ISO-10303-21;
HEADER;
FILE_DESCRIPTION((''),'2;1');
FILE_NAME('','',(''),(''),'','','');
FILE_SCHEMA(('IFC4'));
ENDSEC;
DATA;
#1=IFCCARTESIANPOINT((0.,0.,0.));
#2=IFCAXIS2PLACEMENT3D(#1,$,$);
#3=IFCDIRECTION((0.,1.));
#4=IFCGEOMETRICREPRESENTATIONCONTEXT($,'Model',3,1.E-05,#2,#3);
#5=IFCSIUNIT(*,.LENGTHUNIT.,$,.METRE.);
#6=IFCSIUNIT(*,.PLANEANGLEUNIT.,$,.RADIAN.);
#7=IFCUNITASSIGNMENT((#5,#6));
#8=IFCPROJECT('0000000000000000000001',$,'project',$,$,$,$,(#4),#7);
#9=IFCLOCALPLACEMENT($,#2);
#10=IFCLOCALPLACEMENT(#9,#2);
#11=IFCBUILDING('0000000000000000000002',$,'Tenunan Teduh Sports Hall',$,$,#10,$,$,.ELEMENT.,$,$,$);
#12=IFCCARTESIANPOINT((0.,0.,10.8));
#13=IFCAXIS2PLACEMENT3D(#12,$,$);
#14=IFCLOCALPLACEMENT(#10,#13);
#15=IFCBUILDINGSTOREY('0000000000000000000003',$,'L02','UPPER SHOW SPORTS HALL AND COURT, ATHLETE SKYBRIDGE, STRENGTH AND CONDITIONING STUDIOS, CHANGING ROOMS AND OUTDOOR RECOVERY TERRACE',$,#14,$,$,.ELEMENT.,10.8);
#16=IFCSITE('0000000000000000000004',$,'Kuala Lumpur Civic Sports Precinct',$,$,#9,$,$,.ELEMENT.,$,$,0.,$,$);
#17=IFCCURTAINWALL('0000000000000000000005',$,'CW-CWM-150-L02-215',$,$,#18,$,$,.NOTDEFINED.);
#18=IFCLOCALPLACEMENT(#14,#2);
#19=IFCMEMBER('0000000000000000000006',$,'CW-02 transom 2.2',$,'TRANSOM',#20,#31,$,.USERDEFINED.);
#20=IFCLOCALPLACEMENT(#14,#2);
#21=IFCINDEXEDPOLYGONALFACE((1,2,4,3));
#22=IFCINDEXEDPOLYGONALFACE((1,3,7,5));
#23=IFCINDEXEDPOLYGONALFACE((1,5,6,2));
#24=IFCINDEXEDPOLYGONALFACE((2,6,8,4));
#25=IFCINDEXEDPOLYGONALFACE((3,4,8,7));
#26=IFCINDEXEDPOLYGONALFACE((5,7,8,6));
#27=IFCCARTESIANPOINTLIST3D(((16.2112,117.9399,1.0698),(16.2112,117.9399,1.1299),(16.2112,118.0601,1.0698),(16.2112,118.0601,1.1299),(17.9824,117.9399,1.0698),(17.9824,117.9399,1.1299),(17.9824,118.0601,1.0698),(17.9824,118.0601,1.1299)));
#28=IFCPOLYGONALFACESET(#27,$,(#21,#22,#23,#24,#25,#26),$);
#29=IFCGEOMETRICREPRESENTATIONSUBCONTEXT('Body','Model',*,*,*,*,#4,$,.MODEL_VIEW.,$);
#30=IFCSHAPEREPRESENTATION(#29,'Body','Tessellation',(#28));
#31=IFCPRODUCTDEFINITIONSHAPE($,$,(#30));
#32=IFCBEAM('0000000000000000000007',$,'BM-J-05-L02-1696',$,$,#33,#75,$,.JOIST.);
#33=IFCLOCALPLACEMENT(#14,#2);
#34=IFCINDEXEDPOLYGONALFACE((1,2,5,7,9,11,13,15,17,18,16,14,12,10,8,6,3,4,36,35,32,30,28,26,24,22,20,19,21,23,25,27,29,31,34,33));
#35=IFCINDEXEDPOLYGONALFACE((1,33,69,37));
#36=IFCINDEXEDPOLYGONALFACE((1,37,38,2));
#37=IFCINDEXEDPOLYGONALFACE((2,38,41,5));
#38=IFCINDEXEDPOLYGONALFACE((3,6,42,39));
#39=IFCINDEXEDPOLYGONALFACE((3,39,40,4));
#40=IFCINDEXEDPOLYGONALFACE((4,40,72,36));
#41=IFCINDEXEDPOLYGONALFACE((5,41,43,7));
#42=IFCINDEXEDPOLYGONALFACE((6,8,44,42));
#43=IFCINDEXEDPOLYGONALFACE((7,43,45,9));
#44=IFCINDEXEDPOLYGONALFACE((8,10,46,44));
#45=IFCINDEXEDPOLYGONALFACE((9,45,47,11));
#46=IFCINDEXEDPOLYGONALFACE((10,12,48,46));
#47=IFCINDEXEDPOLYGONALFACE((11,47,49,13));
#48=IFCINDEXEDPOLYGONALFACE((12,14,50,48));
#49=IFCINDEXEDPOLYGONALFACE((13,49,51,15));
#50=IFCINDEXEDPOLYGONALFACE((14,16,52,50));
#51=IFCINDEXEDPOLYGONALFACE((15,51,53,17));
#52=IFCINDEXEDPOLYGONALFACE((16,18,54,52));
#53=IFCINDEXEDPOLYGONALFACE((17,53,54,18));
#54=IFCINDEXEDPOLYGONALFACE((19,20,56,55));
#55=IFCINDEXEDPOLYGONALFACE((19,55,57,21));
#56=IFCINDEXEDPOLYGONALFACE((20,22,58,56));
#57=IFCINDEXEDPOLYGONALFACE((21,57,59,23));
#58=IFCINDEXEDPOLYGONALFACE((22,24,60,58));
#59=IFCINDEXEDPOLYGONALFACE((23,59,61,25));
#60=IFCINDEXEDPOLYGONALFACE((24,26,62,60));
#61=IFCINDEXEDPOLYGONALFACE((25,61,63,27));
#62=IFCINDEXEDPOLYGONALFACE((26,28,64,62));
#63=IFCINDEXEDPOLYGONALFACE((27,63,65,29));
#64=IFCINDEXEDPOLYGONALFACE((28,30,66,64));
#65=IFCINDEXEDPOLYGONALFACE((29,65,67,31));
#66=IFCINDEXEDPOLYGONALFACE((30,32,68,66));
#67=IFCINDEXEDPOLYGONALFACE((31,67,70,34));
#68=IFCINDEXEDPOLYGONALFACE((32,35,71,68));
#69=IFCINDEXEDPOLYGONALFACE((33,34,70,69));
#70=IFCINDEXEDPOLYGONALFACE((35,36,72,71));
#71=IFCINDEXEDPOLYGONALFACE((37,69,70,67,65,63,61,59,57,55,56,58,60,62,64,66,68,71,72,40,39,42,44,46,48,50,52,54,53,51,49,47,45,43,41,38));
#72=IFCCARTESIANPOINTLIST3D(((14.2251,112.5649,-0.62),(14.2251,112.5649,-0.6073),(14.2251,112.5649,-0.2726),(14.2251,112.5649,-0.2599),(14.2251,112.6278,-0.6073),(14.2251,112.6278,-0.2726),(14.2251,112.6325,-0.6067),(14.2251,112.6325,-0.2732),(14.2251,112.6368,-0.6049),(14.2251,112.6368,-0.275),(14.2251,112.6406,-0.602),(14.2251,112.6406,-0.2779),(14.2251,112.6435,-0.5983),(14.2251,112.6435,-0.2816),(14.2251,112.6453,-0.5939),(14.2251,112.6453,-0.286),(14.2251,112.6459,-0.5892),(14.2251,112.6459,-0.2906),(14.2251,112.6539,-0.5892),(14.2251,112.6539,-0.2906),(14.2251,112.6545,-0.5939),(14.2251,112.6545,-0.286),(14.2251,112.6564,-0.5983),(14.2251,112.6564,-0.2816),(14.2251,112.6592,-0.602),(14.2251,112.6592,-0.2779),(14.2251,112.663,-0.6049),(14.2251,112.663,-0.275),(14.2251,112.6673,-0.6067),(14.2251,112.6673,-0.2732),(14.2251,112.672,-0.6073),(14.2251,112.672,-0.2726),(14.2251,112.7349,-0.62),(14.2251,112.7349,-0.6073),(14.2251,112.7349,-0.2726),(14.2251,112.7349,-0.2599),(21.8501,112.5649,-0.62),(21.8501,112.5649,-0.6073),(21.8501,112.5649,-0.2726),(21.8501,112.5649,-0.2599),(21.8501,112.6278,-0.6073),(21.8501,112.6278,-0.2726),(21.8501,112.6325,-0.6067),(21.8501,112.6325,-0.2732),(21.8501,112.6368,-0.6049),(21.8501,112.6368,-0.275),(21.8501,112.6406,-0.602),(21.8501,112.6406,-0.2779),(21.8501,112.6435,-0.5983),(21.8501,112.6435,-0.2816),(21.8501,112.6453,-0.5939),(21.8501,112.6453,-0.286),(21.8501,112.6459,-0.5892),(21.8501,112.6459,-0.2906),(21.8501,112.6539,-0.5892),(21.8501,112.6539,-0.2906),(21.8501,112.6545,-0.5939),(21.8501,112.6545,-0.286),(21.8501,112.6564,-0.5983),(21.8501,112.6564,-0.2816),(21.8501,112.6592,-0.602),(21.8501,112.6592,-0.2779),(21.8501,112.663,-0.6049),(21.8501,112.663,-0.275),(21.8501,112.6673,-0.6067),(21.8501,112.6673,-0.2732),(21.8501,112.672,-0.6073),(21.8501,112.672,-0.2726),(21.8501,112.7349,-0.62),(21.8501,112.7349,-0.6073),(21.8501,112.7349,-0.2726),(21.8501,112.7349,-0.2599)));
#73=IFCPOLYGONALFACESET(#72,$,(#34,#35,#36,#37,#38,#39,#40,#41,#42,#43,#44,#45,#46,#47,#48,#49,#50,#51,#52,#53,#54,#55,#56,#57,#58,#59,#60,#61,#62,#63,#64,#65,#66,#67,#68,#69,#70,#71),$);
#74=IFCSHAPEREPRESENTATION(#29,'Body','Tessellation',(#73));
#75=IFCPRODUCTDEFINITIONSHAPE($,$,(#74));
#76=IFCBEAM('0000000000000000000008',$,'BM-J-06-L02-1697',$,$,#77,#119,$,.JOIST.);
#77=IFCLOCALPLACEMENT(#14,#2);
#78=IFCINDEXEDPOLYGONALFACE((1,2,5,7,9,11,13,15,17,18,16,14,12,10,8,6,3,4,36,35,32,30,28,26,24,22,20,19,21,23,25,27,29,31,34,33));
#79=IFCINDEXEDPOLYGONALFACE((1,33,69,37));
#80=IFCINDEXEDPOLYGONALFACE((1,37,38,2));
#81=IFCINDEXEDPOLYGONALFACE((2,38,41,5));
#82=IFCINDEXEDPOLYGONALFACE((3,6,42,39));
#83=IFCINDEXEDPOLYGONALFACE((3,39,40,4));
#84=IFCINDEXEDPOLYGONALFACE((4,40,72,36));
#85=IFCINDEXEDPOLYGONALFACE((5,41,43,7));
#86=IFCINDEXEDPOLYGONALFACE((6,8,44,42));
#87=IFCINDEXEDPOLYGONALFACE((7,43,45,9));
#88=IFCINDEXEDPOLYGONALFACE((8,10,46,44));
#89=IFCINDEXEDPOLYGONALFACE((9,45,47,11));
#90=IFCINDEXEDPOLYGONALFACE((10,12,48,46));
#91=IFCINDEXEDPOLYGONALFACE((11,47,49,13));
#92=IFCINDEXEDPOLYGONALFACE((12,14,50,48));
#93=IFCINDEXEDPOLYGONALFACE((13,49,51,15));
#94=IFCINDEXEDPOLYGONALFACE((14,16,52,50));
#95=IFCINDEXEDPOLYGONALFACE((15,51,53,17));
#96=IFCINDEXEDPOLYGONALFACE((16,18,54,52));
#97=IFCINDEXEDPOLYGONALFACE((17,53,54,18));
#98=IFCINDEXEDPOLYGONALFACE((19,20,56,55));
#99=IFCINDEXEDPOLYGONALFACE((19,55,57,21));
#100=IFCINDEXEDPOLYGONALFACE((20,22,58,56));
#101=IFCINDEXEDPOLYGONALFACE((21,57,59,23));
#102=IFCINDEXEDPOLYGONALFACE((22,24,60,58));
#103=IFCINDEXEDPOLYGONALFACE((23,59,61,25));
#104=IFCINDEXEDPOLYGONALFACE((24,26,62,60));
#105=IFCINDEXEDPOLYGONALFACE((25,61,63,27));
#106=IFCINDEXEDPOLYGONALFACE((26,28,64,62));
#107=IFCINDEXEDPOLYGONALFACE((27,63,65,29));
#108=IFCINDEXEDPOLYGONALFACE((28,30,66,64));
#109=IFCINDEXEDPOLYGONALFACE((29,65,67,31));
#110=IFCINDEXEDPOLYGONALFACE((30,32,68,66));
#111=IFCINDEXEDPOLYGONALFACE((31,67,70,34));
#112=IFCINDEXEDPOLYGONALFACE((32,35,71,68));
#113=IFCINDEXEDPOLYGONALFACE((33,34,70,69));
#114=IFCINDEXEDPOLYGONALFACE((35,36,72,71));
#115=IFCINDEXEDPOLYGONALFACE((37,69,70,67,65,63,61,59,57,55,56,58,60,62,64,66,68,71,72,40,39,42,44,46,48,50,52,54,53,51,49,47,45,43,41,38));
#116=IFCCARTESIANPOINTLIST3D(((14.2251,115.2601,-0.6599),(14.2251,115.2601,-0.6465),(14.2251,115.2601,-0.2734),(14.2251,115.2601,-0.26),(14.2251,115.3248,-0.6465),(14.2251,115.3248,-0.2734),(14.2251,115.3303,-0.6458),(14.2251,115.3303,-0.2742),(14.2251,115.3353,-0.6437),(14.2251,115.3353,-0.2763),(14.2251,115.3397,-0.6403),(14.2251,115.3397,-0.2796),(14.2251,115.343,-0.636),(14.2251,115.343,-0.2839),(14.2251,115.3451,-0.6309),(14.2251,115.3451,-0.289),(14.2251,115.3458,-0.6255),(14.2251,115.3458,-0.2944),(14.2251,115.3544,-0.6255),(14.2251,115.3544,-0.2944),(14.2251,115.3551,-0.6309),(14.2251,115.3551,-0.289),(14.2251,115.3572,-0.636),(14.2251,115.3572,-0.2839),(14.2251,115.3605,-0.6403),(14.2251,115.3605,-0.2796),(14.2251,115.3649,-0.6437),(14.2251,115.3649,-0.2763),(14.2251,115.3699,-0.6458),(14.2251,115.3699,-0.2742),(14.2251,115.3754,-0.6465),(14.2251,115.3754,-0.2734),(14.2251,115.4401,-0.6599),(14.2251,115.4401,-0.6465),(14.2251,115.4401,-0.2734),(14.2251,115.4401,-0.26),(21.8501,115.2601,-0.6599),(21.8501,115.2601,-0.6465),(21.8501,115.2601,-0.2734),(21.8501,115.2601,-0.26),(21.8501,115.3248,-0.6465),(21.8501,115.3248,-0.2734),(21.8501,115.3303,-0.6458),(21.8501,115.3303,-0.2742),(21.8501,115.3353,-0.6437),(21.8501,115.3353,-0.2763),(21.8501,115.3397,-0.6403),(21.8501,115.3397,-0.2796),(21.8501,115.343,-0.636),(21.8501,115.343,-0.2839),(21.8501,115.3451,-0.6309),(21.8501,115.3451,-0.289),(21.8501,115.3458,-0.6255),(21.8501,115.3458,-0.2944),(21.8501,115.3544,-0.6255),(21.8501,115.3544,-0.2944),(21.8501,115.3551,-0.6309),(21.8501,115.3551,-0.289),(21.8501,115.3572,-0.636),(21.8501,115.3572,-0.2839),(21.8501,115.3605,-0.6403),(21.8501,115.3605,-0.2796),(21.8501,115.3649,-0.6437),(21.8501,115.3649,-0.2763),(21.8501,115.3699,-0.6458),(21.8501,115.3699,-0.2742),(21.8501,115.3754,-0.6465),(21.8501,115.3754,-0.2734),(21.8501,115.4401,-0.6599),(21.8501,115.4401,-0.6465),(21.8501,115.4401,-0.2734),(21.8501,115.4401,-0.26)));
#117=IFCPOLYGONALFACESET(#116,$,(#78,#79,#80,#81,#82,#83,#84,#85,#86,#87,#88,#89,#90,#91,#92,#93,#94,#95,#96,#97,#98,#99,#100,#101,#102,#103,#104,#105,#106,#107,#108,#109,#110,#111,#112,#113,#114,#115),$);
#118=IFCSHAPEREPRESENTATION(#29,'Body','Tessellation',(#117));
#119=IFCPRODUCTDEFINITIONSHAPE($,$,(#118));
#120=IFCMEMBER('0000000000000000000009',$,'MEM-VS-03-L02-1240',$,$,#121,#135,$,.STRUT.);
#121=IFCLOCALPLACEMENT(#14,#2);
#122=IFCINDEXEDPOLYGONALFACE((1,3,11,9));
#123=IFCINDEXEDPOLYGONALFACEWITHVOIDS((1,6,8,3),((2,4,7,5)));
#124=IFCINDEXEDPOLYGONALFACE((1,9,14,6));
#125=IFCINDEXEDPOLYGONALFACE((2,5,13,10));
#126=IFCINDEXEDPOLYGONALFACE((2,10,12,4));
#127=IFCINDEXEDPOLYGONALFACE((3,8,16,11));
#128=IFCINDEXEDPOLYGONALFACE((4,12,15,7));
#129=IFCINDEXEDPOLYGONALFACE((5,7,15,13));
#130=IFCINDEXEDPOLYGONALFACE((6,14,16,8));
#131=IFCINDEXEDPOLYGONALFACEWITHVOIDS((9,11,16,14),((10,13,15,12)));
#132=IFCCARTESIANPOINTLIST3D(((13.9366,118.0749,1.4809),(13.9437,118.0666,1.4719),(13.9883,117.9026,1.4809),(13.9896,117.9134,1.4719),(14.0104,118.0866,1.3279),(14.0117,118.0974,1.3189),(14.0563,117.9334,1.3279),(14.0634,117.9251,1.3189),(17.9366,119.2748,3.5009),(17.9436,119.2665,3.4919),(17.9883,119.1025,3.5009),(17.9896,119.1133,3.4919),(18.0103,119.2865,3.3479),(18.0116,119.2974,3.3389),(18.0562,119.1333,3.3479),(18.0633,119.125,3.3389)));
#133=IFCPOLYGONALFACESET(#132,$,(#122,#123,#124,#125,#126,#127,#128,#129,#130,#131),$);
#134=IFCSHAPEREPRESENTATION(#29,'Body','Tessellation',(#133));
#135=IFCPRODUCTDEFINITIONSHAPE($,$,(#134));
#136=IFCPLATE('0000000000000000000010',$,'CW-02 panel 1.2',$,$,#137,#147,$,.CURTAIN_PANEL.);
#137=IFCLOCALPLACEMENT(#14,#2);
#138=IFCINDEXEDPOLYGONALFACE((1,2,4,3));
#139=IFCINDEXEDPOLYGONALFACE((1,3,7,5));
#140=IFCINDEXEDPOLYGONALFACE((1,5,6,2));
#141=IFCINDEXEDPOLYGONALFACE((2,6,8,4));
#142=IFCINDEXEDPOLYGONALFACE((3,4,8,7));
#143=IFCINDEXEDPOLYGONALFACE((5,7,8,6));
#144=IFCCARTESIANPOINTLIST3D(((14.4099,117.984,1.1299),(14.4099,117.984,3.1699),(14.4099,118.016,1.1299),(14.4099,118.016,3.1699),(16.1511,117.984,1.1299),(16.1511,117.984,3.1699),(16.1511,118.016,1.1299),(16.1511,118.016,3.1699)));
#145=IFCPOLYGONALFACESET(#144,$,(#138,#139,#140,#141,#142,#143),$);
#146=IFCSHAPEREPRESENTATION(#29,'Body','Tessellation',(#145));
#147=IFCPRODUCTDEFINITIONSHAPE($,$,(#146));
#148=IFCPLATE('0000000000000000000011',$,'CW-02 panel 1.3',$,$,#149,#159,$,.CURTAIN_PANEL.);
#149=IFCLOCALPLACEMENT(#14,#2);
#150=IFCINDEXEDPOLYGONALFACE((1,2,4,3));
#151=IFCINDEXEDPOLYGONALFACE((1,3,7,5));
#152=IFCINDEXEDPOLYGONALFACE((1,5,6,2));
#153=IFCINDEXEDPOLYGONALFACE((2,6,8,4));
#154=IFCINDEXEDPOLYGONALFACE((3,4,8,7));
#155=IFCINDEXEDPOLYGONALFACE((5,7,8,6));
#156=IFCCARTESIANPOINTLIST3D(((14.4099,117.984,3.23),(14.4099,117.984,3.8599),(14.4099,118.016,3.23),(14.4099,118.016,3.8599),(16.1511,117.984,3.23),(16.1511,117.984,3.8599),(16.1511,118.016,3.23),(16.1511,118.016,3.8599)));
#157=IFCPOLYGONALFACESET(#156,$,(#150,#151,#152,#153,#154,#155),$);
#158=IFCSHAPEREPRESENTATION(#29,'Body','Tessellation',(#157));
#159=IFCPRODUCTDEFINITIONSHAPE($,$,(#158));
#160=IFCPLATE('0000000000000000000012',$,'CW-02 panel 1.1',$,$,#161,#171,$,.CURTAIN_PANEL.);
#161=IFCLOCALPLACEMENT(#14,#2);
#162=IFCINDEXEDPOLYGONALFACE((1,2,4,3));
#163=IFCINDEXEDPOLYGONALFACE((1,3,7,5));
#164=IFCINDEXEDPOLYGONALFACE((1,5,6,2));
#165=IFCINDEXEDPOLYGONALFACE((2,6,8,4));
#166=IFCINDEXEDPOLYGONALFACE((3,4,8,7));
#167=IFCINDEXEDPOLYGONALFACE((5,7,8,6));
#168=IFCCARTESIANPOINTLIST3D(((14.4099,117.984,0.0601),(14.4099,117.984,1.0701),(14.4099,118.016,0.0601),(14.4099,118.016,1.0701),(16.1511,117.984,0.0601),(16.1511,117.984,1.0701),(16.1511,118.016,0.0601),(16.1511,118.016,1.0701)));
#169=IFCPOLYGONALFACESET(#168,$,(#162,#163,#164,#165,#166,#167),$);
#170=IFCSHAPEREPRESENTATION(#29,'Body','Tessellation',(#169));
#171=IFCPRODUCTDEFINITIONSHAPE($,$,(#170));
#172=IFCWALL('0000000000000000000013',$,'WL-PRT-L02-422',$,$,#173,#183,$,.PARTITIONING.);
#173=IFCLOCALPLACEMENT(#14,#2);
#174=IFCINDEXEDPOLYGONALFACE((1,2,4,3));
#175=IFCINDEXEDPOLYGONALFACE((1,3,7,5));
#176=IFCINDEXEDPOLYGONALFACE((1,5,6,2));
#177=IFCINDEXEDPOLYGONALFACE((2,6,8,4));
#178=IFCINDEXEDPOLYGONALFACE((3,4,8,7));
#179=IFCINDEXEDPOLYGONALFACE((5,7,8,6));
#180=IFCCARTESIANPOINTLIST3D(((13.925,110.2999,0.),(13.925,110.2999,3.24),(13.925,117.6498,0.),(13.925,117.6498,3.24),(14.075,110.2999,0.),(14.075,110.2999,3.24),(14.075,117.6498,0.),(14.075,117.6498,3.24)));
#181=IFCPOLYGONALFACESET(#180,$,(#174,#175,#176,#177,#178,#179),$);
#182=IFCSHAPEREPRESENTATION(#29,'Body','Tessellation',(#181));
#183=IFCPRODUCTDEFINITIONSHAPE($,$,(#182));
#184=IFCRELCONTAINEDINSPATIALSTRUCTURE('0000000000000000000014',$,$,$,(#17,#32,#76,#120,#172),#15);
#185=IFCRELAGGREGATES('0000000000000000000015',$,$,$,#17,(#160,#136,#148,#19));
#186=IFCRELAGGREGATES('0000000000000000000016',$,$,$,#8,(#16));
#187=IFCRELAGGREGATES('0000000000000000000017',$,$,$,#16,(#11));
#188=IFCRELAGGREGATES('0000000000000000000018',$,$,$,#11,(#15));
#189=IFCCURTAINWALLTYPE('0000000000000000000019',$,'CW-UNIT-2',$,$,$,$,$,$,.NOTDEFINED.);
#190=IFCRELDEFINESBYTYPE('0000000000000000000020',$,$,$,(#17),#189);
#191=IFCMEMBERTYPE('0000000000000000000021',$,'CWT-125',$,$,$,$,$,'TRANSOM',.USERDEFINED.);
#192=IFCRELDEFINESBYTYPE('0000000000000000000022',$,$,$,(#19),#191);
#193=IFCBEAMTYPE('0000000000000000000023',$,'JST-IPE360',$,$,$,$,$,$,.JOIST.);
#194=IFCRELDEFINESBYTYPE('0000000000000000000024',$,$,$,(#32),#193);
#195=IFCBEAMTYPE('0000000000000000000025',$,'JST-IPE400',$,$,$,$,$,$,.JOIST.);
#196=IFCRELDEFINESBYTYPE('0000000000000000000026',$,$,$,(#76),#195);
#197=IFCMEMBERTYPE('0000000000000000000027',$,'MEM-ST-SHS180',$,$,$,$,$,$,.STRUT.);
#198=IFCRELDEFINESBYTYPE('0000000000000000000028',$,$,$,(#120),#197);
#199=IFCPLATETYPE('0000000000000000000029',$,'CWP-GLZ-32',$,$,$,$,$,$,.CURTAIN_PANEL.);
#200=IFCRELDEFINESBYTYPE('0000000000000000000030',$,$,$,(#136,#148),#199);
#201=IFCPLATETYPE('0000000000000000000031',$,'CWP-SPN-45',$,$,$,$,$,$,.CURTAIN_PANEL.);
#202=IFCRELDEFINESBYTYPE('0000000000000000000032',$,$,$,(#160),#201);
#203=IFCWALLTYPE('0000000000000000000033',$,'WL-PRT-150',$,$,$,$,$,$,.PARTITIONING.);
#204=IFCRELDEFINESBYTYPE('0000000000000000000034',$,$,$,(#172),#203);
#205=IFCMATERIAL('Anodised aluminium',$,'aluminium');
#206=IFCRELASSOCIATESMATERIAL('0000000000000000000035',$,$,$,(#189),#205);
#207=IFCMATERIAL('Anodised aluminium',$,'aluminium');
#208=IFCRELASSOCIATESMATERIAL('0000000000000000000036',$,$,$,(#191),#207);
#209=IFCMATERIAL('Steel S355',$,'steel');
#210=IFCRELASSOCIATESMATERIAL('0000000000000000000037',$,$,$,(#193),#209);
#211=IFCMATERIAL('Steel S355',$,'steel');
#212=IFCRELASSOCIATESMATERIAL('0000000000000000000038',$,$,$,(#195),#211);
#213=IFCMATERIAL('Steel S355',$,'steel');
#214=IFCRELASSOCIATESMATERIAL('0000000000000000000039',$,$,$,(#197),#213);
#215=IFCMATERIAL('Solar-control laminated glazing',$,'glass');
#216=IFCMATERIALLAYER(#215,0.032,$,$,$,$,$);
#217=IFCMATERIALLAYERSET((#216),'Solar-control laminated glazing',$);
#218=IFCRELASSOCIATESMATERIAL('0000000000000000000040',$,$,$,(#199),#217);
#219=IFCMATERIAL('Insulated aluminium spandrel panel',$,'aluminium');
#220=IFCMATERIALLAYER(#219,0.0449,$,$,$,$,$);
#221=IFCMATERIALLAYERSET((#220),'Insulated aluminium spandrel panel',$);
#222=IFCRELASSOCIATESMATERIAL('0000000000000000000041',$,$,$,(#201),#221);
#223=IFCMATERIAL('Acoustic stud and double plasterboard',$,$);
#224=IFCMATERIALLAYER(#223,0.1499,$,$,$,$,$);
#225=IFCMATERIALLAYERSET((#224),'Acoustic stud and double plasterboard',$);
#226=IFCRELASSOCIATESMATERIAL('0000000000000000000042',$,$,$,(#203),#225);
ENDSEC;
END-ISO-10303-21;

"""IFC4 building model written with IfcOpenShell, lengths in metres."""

from ifc_helpers import new_model, si_unit, direction, frame, frame_2d, origin, origin_2d, place, context, subcontext, project, spatial, rectangle, hollow_rectangle, i_section, extrude, material, layer, layer_set, material_profile, profile_set, type_object, element, aggregate, save


model = new_model("IFC4")

# Units and contexts
model_context = context("Model", 3, precision=1e-05, world=origin(), true_north=direction((0.0, 1.0)))
body_context = subcontext(model_context, "Body", "Model", "MODEL_VIEW")
ifc_project = project(units=[si_unit("LENGTHUNIT", "METRE"), si_unit("PLANEANGLEUNIT", "RADIAN")], contexts=[model_context])

# Site, building, storey
site_placement = place(None, origin())
site = spatial("IfcSite", under=ifc_project, at=site_placement, Name="Kuala Lumpur Civic Sports Precinct", CompositionType="ELEMENT", RefElevation=0.0)
building_placement = place(site_placement, origin())
building = spatial("IfcBuilding", under=site, at=building_placement, Name="Tenunan Teduh Sports Hall", CompositionType="ELEMENT")
storey_placement = place(building_placement, frame((0.0, 0.0, 10.8)))
storey = spatial("IfcBuildingStorey", under=building, at=storey_placement, Name="L02", Description="UPPER SHOW SPORTS HALL AND COURT, ATHLETE SKYBRIDGE, STRENGTH AND CONDITIONING STUDIOS, CHANGING ROOMS AND OUTDOOR RECOVERY TERRACE", CompositionType="ELEMENT", Elevation=10.8)

# Curtain wall, member
ifc_material_1 = material(Name="Anodised aluminium", Category="aluminium")
curtain_wall_type = type_object("IfcCurtainWallType", Name="CW-UNIT-2", PredefinedType="NOTDEFINED", material=ifc_material_1)
curtain_wall_placement = place(storey_placement, origin())
curtain_wall = element("IfcCurtainWall", 1, at=curtain_wall_placement, inside=storey, type_object=curtain_wall_type, Name="CW-CWM-150-L02-215", PredefinedType="NOTDEFINED")
ifc_material_2 = material(Name="Anodised aluminium", Category="aluminium")
ifc_material_profile_1 = material_profile(ifc_material_2, rectangle(XDim=0.0601, YDim=0.1201, at=origin_2d()), Name="CWT 60x120")
ifc_profile_set_1 = profile_set([ifc_material_profile_1], Name="Anodised aluminium")
member_type_1 = type_object("IfcMemberType", Name="CWT-125", ElementType="TRANSOM", PredefinedType="USERDEFINED", material=ifc_profile_set_1)
member_1_placement = place(storey_placement, frame((16.2112, 118.0, 1.0999), z_axis=(1.0, 0.0, 0.0), x_axis=(0.0, 0.0, 1.0)))
member_1 = element("IfcMember", 2, at=member_1_placement, type_object=member_type_1, Name="CW-02 transom 2.2", ObjectType="TRANSOM", PredefinedType="USERDEFINED", context=body_context, shape_type="SweptSolid", body=[
    extrude(rectangle(XDim=0.0601, YDim=0.1201, at=origin_2d()), origin(), (0.0, 0.0, 1.0), 1.7712),
])

# Beams
ifc_material_3 = material(Name="Steel S355", Category="steel")
ifc_material_profile_2 = material_profile(ifc_material_3, i_section(OverallWidth=0.1699, OverallDepth=0.3601, WebThickness=0.0081, FlangeThickness=0.0127, FilletRadius=0.0181, at=origin_2d()), Name="IPE 360")
ifc_profile_set_2 = profile_set([ifc_material_profile_2], Name="Steel S355")
beam_type_1 = type_object("IfcBeamType", Name="JST-IPE360", PredefinedType="JOIST", material=ifc_profile_set_2)
beam_1_placement = place(storey_placement, frame((14.2251, 112.6499, -0.4399), z_axis=(1.0, 0.0, 0.0), x_axis=(0.0, 1.0, 0.0)))
element("IfcBeam", 3, at=beam_1_placement, inside=storey, type_object=beam_type_1, Name="BM-J-05-L02-1696", PredefinedType="JOIST", context=body_context, shape_type="SweptSolid", body=[
    extrude(i_section(OverallWidth=0.1699, OverallDepth=0.3601, WebThickness=0.0081, FlangeThickness=0.0127, FilletRadius=0.0181, at=origin_2d()), origin(), (0.0, 0.0, 1.0), 7.625),
])
ifc_material_4 = material(Name="Steel S355", Category="steel")
ifc_material_profile_3 = material_profile(ifc_material_4, i_section(OverallWidth=0.1799, OverallDepth=0.3999, WebThickness=0.0085, FlangeThickness=0.0134, FilletRadius=0.021, at=origin_2d()), Name="IPE 400")
ifc_profile_set_3 = profile_set([ifc_material_profile_3], Name="Steel S355")
beam_type_2 = type_object("IfcBeamType", Name="JST-IPE400", PredefinedType="JOIST", material=ifc_profile_set_3)
beam_2_placement = place(storey_placement, frame((14.2251, 115.3501, -0.46), z_axis=(1.0, 0.0, 0.0), x_axis=(0.0, 1.0, 0.0)))
element("IfcBeam", 4, at=beam_2_placement, inside=storey, type_object=beam_type_2, Name="BM-J-06-L02-1697", PredefinedType="JOIST", context=body_context, shape_type="SweptSolid", body=[
    extrude(i_section(OverallWidth=0.1799, OverallDepth=0.3999, WebThickness=0.0085, FlangeThickness=0.0134, FilletRadius=0.021, at=origin_2d()), origin(), (0.0, 0.0, 1.0), 7.625),
])

# Member
ifc_material_5 = material(Name="Steel S355", Category="steel")
ifc_material_profile_4 = material_profile(ifc_material_5, hollow_rectangle(XDim=0.1799, YDim=0.1799, WallThickness=0.01, at=origin_2d()), Name="SHS 180x180x10.0")
ifc_profile_set_4 = profile_set([ifc_material_profile_4], Name="Steel S355")
member_type_2 = type_object("IfcMemberType", Name="MEM-ST-SHS180", PredefinedType="STRUT", material=ifc_profile_set_4)
member_2_placement = place(storey_placement, frame((14.0, 118.0, 1.3999), z_axis=(0.862254, 0.258666, 0.435442), x_axis=(-0.287337, 0.95783, 0.0)))
element("IfcMember", 5, at=member_2_placement, inside=storey, type_object=member_type_2, Name="MEM-VS-03-L02-1240", PredefinedType="STRUT", context=body_context, shape_type="SweptSolid", body=[
    extrude(hollow_rectangle(XDim=0.1799, YDim=0.1799, WallThickness=0.01, at=origin_2d()), origin(), (0.0, 0.0, 1.0), 4.6389),
])

# Plates
ifc_material_6 = material(Name="Solar-control laminated glazing", Category="glass")
ifc_layer_1 = layer(ifc_material_6, 0.032)
ifc_layer_set_1 = layer_set([ifc_layer_1], Name="Solar-control laminated glazing")
plate_type_1 = type_object("IfcPlateType", Name="CWP-GLZ-32", PredefinedType="CURTAIN_PANEL", material=ifc_layer_set_1)
plate_1_placement = place(storey_placement, frame((15.2805, 118.0, 1.1299), z_axis=(0.0, 0.0, 1.0), x_axis=(1.0, 0.0, 0.0)))
plate_1 = element("IfcPlate", 6, at=plate_1_placement, type_object=plate_type_1, Name="CW-02 panel 1.2", PredefinedType="CURTAIN_PANEL", context=body_context, shape_type="SweptSolid", body=[
    extrude(rectangle(XDim=1.7412, YDim=0.032, at=origin_2d()), origin(), (0.0, 0.0, 1.0), 2.04),
])
plate_2_placement = place(storey_placement, frame((15.2805, 118.0, 3.23), z_axis=(0.0, 0.0, 1.0), x_axis=(1.0, 0.0, 0.0)))
plate_2 = element("IfcPlate", 7, at=plate_2_placement, type_object=plate_type_1, Name="CW-02 panel 1.3", PredefinedType="CURTAIN_PANEL", context=body_context, shape_type="SweptSolid", body=[
    extrude(rectangle(XDim=1.7412, YDim=0.032, at=origin_2d()), origin(), (0.0, 0.0, 1.0), 0.6299),
])
ifc_material_7 = material(Name="Insulated aluminium spandrel panel", Category="aluminium")
ifc_layer_2 = layer(ifc_material_7, 0.0449)
ifc_layer_set_2 = layer_set([ifc_layer_2], Name="Insulated aluminium spandrel panel")
plate_type_2 = type_object("IfcPlateType", Name="CWP-SPN-45", PredefinedType="CURTAIN_PANEL", material=ifc_layer_set_2)
plate_3_placement = place(storey_placement, frame((15.2805, 118.0, 0.0601), z_axis=(0.0, 0.0, 1.0), x_axis=(1.0, 0.0, 0.0)))
plate_3 = element("IfcPlate", 8, at=plate_3_placement, type_object=plate_type_2, Name="CW-02 panel 1.1", PredefinedType="CURTAIN_PANEL", context=body_context, shape_type="SweptSolid", body=[
    extrude(rectangle(XDim=1.7412, YDim=0.032, at=origin_2d()), origin(), (0.0, 0.0, 1.0), 1.01),
])
aggregate(curtain_wall, [plate_3, plate_1, plate_2, member_1])

# Wall
ifc_material_8 = material(Name="Acoustic stud and double plasterboard")
ifc_layer_3 = layer(ifc_material_8, 0.1499)
ifc_layer_set_3 = layer_set([ifc_layer_3], Name="Acoustic stud and double plasterboard")
wall_type_1 = type_object("IfcWallType", Name="WL-PRT-150", PredefinedType="PARTITIONING", material=ifc_layer_set_3)
wall_1_placement = place(storey_placement, frame((14.0, 110.3, 0.0), z_axis=(0.0, 0.0, 1.0), x_axis=(0.0, 1.0, 0.0)))
element("IfcWall", 9, at=wall_1_placement, inside=storey, type_object=wall_type_1, Name="WL-PRT-L02-422", PredefinedType="PARTITIONING", context=body_context, shape_type="SweptSolid", body=[
    extrude(rectangle(XDim=7.3499, YDim=0.1499, at=frame_2d((3.6748, 0.0))), origin(), (0.0, 0.0, 1.0), 3.24),
])

save(model, "model.ifc")
